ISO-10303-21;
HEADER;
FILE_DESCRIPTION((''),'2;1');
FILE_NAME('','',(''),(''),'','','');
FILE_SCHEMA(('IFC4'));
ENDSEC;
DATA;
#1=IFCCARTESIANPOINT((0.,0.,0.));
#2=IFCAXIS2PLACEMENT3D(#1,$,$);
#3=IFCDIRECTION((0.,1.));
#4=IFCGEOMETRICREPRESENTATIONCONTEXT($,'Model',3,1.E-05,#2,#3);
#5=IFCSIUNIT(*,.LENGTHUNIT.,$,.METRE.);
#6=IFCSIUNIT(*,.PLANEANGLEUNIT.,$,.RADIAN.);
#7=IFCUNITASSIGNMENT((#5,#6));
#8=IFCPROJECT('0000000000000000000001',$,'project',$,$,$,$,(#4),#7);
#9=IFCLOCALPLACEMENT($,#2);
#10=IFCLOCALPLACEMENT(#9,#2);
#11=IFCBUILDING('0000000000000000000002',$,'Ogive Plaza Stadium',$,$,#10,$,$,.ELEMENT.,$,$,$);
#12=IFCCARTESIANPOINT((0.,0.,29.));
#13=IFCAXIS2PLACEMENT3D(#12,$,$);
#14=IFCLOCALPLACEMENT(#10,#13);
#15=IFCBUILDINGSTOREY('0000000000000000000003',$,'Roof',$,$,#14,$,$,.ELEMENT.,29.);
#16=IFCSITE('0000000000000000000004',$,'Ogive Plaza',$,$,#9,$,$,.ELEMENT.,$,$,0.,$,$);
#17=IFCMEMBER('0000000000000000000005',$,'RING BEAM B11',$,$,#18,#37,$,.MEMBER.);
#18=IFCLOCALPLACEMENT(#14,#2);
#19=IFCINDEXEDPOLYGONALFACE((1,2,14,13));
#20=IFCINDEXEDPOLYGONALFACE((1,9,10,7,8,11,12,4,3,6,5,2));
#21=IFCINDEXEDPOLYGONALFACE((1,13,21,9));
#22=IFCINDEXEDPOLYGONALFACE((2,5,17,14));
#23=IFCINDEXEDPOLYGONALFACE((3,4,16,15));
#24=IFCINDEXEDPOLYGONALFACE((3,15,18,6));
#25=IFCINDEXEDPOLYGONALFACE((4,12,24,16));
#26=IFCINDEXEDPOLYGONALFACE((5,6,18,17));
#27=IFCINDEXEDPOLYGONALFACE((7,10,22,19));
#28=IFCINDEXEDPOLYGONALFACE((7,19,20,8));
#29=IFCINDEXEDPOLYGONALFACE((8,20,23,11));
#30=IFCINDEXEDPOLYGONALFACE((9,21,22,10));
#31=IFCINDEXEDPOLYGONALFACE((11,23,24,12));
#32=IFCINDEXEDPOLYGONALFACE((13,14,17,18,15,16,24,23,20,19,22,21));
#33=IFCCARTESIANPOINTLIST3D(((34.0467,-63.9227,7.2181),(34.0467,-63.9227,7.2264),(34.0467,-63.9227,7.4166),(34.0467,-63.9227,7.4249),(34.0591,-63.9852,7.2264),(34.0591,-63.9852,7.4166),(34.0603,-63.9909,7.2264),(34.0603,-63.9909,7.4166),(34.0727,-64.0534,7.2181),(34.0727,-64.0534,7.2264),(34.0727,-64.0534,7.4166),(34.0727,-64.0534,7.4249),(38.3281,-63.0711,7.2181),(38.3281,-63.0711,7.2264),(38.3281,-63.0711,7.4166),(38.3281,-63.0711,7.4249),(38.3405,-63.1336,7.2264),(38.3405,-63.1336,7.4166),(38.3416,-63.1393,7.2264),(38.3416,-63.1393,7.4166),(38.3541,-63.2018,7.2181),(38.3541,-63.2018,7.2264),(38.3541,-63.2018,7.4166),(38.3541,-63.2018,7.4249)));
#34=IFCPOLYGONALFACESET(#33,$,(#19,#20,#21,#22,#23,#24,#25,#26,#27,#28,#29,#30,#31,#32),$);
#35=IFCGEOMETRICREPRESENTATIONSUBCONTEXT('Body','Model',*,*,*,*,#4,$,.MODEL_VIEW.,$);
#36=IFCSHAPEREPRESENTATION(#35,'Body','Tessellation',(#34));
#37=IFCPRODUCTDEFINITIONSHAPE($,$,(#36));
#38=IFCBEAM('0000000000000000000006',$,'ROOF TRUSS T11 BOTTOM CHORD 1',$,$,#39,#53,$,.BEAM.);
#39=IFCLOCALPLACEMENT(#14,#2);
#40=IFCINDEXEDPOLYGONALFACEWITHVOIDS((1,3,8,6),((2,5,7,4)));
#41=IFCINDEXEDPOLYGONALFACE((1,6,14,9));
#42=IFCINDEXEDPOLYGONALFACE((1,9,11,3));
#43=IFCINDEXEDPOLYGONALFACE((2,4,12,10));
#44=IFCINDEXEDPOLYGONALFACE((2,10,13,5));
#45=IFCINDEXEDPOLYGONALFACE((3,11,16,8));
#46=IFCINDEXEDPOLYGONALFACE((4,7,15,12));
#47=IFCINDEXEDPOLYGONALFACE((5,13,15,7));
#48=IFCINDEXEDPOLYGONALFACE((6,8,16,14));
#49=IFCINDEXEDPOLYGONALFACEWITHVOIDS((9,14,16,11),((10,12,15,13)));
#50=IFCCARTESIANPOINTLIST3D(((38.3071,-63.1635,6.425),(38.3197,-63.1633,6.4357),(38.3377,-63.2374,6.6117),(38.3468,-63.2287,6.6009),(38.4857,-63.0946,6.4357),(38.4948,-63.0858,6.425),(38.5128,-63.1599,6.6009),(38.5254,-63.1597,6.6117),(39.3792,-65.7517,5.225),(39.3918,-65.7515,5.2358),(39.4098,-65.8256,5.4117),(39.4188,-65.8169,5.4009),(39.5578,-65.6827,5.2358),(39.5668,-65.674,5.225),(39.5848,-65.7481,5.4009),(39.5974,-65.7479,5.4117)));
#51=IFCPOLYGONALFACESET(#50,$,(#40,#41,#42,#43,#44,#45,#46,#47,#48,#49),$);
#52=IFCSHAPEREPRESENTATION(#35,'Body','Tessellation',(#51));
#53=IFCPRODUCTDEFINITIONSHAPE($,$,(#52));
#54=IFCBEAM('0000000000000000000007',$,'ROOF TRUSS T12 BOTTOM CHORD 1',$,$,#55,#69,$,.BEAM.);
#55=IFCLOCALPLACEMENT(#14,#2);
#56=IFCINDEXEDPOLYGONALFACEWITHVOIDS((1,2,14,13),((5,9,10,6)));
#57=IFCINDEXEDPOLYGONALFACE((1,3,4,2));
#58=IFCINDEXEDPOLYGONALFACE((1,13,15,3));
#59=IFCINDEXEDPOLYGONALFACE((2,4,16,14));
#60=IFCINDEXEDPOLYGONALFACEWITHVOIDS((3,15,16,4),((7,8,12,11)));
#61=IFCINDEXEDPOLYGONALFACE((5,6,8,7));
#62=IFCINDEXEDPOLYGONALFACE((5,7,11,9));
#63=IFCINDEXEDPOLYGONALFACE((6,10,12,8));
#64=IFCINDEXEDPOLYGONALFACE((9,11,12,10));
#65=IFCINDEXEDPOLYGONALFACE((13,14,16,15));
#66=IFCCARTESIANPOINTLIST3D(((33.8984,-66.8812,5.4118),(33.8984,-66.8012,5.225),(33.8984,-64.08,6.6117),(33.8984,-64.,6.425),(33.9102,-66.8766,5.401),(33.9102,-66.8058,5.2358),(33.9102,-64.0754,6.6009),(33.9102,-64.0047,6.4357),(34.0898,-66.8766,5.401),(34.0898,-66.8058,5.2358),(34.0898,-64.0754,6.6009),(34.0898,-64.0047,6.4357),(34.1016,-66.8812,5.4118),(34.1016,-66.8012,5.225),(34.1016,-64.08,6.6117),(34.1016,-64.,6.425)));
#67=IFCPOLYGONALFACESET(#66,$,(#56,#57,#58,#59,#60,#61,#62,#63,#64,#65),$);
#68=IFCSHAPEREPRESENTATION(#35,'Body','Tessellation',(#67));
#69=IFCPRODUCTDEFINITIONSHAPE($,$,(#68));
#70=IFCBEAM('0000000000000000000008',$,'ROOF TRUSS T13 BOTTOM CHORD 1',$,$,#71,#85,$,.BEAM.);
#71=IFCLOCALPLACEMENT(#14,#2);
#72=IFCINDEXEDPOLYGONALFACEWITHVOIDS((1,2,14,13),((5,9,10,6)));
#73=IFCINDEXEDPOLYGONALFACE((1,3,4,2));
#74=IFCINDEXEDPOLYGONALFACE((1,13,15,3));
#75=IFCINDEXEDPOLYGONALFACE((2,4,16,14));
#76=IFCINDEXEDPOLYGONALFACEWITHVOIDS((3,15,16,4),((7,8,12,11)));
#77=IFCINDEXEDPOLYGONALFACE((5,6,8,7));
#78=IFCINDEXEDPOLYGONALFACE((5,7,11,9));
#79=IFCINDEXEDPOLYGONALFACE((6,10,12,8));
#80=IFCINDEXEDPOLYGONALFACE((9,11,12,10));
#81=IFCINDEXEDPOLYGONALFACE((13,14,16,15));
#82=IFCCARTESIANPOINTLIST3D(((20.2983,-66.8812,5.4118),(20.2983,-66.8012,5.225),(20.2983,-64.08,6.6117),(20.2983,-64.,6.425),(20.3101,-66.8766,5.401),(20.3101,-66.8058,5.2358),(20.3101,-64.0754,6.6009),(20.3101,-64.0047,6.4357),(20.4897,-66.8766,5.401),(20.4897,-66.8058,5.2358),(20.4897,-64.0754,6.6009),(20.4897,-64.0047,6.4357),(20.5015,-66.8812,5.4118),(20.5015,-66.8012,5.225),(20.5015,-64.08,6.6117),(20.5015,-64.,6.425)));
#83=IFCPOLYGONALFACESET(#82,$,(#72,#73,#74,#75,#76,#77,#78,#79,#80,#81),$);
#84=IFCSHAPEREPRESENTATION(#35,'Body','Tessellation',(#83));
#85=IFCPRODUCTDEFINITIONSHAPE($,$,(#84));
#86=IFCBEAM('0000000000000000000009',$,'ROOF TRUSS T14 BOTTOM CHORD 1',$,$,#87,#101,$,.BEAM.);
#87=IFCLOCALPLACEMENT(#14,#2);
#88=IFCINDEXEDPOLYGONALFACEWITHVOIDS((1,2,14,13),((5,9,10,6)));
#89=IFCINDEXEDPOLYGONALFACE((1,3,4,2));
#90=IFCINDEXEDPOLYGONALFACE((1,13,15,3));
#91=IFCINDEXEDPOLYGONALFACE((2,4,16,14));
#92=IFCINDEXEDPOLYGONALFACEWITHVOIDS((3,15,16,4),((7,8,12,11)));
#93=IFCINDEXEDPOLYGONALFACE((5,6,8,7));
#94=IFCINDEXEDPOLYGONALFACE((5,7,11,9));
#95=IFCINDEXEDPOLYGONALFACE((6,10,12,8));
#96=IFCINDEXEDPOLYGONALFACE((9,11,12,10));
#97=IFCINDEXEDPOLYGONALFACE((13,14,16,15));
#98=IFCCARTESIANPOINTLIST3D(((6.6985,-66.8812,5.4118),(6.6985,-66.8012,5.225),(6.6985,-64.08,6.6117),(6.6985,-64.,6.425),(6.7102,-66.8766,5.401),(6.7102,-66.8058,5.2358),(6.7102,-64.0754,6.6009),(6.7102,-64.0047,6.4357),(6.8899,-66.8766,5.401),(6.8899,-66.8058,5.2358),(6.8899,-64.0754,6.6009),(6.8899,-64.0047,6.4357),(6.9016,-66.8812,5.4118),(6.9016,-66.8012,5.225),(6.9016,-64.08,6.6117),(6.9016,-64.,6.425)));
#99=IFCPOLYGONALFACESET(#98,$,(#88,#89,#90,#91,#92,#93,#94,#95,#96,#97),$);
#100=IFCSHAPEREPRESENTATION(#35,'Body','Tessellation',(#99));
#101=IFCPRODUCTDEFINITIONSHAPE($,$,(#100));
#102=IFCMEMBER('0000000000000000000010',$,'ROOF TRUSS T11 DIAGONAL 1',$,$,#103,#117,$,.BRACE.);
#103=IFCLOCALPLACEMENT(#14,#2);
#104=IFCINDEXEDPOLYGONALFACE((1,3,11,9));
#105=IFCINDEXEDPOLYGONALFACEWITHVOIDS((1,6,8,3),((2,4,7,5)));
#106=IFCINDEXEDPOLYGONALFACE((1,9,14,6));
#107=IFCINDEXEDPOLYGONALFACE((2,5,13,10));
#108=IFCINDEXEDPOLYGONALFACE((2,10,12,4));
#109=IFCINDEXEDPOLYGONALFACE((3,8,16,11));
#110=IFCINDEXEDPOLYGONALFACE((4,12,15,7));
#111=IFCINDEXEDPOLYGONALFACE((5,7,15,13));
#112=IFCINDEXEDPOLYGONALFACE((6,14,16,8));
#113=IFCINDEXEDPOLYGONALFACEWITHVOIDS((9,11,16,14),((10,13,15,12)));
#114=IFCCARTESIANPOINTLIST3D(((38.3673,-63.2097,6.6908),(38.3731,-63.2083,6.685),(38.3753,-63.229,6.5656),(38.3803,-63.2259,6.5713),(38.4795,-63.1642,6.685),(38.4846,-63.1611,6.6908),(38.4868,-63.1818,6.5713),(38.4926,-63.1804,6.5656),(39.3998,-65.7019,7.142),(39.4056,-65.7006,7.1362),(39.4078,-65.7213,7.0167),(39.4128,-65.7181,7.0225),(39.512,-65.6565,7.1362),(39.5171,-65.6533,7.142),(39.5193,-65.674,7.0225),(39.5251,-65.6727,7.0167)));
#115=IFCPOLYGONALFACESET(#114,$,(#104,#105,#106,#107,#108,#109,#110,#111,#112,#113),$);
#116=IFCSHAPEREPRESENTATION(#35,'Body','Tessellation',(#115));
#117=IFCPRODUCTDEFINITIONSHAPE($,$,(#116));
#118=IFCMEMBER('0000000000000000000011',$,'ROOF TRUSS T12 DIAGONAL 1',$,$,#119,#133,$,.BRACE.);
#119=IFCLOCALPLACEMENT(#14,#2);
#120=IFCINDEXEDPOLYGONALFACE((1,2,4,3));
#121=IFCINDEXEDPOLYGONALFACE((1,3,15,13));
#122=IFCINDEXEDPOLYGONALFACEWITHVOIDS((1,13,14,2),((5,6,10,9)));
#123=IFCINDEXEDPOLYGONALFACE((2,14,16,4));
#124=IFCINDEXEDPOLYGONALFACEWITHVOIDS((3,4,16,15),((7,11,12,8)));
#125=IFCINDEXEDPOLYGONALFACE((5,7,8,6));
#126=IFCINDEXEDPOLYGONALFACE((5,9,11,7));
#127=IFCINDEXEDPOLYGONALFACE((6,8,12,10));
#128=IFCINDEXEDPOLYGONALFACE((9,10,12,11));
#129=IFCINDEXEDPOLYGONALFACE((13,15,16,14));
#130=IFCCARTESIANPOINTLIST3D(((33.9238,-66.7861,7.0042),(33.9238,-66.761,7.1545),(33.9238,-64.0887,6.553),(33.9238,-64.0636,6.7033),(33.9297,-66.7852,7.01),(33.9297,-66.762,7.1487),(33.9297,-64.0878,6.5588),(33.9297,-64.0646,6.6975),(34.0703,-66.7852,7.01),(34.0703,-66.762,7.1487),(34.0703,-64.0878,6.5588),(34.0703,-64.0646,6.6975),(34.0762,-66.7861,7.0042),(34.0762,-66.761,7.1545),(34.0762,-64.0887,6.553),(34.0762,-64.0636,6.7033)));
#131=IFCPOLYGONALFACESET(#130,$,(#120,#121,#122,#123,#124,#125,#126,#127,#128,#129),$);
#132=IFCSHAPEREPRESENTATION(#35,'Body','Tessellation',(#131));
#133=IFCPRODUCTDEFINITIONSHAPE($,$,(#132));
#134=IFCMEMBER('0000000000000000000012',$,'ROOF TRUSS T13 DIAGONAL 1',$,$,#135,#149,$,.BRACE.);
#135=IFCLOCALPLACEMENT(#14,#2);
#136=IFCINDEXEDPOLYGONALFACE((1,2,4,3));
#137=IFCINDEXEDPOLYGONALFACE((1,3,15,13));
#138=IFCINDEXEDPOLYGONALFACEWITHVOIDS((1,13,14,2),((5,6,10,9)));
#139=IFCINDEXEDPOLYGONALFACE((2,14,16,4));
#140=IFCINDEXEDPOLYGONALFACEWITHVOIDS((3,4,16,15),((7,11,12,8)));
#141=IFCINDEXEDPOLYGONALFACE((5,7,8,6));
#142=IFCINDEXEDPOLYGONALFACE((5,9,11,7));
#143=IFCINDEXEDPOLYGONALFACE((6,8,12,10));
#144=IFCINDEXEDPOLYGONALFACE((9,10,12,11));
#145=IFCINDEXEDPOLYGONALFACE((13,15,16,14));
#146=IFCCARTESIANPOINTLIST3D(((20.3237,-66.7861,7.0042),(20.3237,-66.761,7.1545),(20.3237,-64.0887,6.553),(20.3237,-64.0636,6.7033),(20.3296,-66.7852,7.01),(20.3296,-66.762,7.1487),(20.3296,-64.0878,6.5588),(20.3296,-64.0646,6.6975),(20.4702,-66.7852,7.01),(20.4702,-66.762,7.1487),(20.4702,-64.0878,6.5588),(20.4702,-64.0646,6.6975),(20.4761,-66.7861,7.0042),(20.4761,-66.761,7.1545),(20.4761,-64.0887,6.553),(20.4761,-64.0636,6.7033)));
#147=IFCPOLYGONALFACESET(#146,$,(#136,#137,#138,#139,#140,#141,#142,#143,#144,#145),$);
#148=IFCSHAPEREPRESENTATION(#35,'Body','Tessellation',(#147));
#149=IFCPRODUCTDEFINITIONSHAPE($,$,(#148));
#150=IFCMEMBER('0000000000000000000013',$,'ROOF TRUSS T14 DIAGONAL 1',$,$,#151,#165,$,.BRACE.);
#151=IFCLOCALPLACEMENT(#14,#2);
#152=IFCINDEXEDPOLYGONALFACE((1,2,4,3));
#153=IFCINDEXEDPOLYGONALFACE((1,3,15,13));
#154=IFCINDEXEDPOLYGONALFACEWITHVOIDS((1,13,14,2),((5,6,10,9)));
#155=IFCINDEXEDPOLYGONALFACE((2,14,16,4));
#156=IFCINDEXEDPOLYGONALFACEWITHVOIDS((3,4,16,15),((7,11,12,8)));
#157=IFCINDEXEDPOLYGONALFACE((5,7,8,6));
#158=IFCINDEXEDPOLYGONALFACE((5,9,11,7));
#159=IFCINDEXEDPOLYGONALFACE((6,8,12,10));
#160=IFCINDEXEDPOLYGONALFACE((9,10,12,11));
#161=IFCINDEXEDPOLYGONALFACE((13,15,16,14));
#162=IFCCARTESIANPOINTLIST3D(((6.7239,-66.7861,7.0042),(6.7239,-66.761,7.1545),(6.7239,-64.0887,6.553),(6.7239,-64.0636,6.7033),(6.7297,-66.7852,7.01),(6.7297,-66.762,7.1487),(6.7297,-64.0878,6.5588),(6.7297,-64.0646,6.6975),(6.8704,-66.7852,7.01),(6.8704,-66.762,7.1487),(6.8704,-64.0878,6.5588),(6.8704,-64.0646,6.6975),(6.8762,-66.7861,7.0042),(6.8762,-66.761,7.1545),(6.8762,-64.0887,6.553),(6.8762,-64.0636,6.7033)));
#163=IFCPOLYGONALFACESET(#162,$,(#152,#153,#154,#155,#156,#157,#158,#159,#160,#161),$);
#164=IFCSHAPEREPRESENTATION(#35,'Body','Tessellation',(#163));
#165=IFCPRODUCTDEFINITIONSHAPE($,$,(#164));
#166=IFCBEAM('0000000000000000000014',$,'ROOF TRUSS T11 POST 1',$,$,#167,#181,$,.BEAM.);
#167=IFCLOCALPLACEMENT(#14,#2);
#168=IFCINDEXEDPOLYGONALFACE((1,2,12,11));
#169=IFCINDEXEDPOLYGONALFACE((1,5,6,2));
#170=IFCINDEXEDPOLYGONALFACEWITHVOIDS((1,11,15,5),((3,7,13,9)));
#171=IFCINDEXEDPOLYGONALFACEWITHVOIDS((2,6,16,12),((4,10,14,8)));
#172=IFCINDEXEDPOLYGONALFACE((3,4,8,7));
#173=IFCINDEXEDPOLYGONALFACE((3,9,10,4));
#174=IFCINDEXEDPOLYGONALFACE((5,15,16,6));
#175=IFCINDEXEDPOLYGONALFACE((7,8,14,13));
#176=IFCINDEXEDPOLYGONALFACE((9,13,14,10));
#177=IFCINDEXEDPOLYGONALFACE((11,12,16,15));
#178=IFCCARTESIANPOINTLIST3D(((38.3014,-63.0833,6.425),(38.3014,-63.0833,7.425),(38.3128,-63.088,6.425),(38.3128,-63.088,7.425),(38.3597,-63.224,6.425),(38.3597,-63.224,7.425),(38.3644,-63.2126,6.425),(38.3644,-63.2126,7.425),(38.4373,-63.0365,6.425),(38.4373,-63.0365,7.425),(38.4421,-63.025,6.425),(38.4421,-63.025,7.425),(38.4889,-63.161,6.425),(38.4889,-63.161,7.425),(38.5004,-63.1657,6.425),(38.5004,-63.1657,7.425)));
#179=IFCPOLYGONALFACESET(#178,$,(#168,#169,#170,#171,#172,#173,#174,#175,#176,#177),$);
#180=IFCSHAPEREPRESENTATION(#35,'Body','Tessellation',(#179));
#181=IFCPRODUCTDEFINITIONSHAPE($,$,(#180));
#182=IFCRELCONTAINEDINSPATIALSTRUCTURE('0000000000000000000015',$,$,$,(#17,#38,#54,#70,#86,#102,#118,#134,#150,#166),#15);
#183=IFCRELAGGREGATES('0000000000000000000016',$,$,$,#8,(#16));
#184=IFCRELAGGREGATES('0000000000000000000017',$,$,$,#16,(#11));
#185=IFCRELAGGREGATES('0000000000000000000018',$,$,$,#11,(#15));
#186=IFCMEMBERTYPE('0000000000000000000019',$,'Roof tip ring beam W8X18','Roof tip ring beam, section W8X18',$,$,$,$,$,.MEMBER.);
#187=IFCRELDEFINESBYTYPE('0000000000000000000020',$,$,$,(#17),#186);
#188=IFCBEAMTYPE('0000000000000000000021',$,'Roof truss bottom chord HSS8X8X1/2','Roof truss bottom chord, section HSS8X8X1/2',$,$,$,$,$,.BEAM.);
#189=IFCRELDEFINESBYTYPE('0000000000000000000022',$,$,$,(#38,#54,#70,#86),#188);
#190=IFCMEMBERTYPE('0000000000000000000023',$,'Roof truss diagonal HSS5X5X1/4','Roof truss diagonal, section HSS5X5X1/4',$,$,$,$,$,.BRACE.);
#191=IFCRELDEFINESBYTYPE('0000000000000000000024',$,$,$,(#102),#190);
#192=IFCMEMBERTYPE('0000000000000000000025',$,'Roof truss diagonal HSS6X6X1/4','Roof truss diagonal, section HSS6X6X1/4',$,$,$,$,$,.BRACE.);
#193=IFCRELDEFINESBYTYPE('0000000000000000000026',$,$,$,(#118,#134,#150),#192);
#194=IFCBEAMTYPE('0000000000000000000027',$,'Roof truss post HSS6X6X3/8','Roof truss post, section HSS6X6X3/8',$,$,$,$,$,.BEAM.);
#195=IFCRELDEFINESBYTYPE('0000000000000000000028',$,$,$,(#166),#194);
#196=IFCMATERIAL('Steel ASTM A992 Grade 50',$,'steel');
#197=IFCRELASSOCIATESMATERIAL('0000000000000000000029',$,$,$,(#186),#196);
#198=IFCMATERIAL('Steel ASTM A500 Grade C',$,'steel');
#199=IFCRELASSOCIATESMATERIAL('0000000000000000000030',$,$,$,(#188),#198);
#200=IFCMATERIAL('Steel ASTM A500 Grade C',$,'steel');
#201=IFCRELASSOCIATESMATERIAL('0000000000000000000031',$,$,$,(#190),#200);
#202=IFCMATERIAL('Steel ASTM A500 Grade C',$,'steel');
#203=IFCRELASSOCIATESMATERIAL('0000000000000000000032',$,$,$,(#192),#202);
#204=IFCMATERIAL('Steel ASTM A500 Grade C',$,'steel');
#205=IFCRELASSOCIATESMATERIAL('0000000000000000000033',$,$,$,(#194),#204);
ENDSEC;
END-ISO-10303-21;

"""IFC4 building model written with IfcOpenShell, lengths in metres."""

from ifc_helpers import new_model, si_unit, direction, frame, origin, origin_2d, place, context, subcontext, project, spatial, hollow_rectangle, i_section, extrude, material, material_profile, profile_set, type_object, element, save


model = new_model("IFC4")

# Units and contexts
model_context = context("Model", 3, precision=1e-05, world=origin(), true_north=direction((0.0, 1.0)))
body_context = subcontext(model_context, "Body", "Model", "MODEL_VIEW")
ifc_project = project(units=[si_unit("LENGTHUNIT", "METRE"), si_unit("PLANEANGLEUNIT", "RADIAN")], contexts=[model_context])

# Site, building, storey
site_placement = place(None, origin())
site = spatial("IfcSite", under=ifc_project, at=site_placement, Name="Ogive Plaza", CompositionType="ELEMENT", RefElevation=0.0)
building_placement = place(site_placement, origin())
building = spatial("IfcBuilding", under=site, at=building_placement, Name="Ogive Plaza Stadium", CompositionType="ELEMENT")
storey_placement = place(building_placement, frame((0.0, 0.0, 29.0)))
storey = spatial("IfcBuildingStorey", under=building, at=storey_placement, Name="Roof", CompositionType="ELEMENT", Elevation=29.0)

# Member
ifc_material_1 = material(Name="Steel ASTM A992 Grade 50", Category="steel")
ifc_material_profile_1 = material_profile(ifc_material_1, i_section(OverallWidth=0.1333, OverallDepth=0.2068, WebThickness=0.0059, FlangeThickness=0.0083, at=origin_2d()), Name="W8X18")
ifc_profile_set_1 = profile_set([ifc_material_profile_1], Name="Steel ASTM A992 Grade 50")
member_type_1 = type_object("IfcMemberType", Name="Roof tip ring beam W8X18", Description="Roof tip ring beam, section W8X18", PredefinedType="MEMBER", material=ifc_profile_set_1)
for number, where, z_axis, x_axis, name in (
    (1, (38.3411, -63.1365, 7.3215), (-0.980787, -0.195083, 0.0), (0.195083, -0.980787, 0.0), "RING BEAM B11"),
):
    element("IfcMember", number, at=place(storey_placement, frame(where, z_axis=z_axis, x_axis=x_axis)), inside=storey, type_object=member_type_1, Name=name, PredefinedType="MEMBER", context=body_context, shape_type="SweptSolid", body=[
        extrude(i_section(OverallWidth=0.1333, OverallDepth=0.2068, WebThickness=0.0059, FlangeThickness=0.0083, at=origin_2d()), origin(), (0.0, 0.0, 1.0), 4.3652),
    ])

# Beams
ifc_material_2 = material(Name="Steel ASTM A500 Grade C", Category="steel")
ifc_material_profile_2 = material_profile(ifc_material_2, hollow_rectangle(XDim=0.2031, YDim=0.2031, WallThickness=0.0117, at=origin_2d()), Name="HSS8X8X1/2")
ifc_profile_set_2 = profile_set([ifc_material_profile_2], Name="Steel ASTM A500 Grade C")
beam_type_1 = type_object("IfcBeamType", Name="Roof truss bottom chord HSS8X8X1/2", Description="Roof truss bottom chord, section HSS8X8X1/2", PredefinedType="BEAM", material=ifc_profile_set_2)
beam_1_placement = place(storey_placement, frame((38.4163, -63.1616, 6.5183), z_axis=(0.351765, -0.849251, -0.393743), x_axis=(0.923882, 0.382678, 0.0)))
element("IfcBeam", 2, at=beam_1_placement, inside=storey, type_object=beam_type_1, Name="ROOF TRUSS T11 BOTTOM CHORD 1", PredefinedType="BEAM", context=body_context, shape_type="SweptSolid", body=[
    extrude(hollow_rectangle(XDim=0.2031, YDim=0.2031, WallThickness=0.0117, at=origin_2d()), origin(), (0.0, 0.0, 1.0), 3.0476),
])
for number, where, z_axis, x_axis, name in (
    (3, (34.0, -64.04, 6.5183), (0.0, -0.919215, -0.393755), (1.0, 0.0, 0.0), "ROOF TRUSS T12 BOTTOM CHORD 1"),
    (4, (20.3999, -64.04, 6.5183), (0.0, -0.919215, -0.393755), (1.0, 0.0, 0.0), "ROOF TRUSS T13 BOTTOM CHORD 1"),
    (5, (6.8, -64.04, 6.5183), (0.0, -0.919215, -0.393755), (1.0, 0.0, 0.0), "ROOF TRUSS T14 BOTTOM CHORD 1"),
):
    element("IfcBeam", number, at=place(storey_placement, frame(where, z_axis=z_axis, x_axis=x_axis)), inside=storey, type_object=beam_type_1, Name=name, PredefinedType="BEAM", context=body_context, shape_type="SweptSolid", body=[
        extrude(hollow_rectangle(XDim=0.2031, YDim=0.2031, WallThickness=0.0117, at=origin_2d()), origin(), (0.0, 0.0, 1.0), 3.0474),
    ])

# Members
ifc_material_3 = material(Name="Steel ASTM A500 Grade C", Category="steel")
ifc_material_profile_3 = material_profile(ifc_material_3, hollow_rectangle(XDim=0.127, YDim=0.127, WallThickness=0.0059, at=origin_2d()), Name="HSS5X5X1/4")
ifc_profile_set_3 = profile_set([ifc_material_profile_3], Name="Steel ASTM A500 Grade C")
member_type_2 = type_object("IfcMemberType", Name="Roof truss diagonal HSS5X5X1/4", Description="Roof truss diagonal, section HSS5X5X1/4", PredefinedType="BRACE", material=ifc_profile_set_3)
member_1_placement = place(storey_placement, frame((38.4299, -63.1951, 6.6282), z_axis=(0.377495, -0.9112, 0.164959), x_axis=(0.923857, 0.382738, 0.0)))
element("IfcMember", 6, at=member_1_placement, inside=storey, type_object=member_type_2, Name="ROOF TRUSS T11 DIAGONAL 1", PredefinedType="BRACE", context=body_context, shape_type="SweptSolid", body=[
    extrude(hollow_rectangle(XDim=0.127, YDim=0.127, WallThickness=0.0059, at=origin_2d()), origin(), (0.0, 0.0, 1.0), 2.7351),
])
ifc_material_4 = material(Name="Steel ASTM A500 Grade C", Category="steel")
ifc_material_profile_4 = material_profile(ifc_material_4, hollow_rectangle(XDim=0.1523, YDim=0.1523, WallThickness=0.0059, at=origin_2d()), Name="HSS6X6X1/4")
ifc_profile_set_4 = profile_set([ifc_material_profile_4], Name="Steel ASTM A500 Grade C")
member_type_3 = type_object("IfcMemberType", Name="Roof truss diagonal HSS6X6X1/4", Description="Roof truss diagonal, section HSS6X6X1/4", PredefinedType="BRACE", material=ifc_profile_set_4)
for number, where, z_axis, x_axis, name in (
    (7, (34.0, -64.0762, 6.6282), (0.0, -0.9863, 0.164964), (1.0, 0.0, 0.0), "ROOF TRUSS T12 DIAGONAL 1"),
    (8, (20.3999, -64.0762, 6.6282), (0.0, -0.9863, 0.164964), (1.0, 0.0, 0.0), "ROOF TRUSS T13 DIAGONAL 1"),
    (9, (6.8, -64.0762, 6.6282), (0.0, -0.9863, 0.164964), (1.0, 0.0, 0.0), "ROOF TRUSS T14 DIAGONAL 1"),
):
    element("IfcMember", number, at=place(storey_placement, frame(where, z_axis=z_axis, x_axis=x_axis)), inside=storey, type_object=member_type_3, Name=name, PredefinedType="BRACE", context=body_context, shape_type="SweptSolid", body=[
        extrude(hollow_rectangle(XDim=0.1523, YDim=0.1523, WallThickness=0.0059, at=origin_2d()), origin(), (0.0, 0.0, 1.0), 2.7349),
    ])

# Beam
ifc_material_5 = material(Name="Steel ASTM A500 Grade C", Category="steel")
ifc_material_profile_5 = material_profile(ifc_material_5, hollow_rectangle(XDim=0.1523, YDim=0.1523, WallThickness=0.0088, at=origin_2d()), Name="HSS6X6X3/8")
ifc_profile_set_5 = profile_set([ifc_material_profile_5], Name="Steel ASTM A500 Grade C")
beam_type_2 = type_object("IfcBeamType", Name="Roof truss post HSS6X6X3/8", Description="Roof truss post, section HSS6X6X3/8", PredefinedType="BEAM", material=ifc_profile_set_5)
beam_2_placement = place(storey_placement, frame((38.4009, -63.1245, 6.425), z_axis=(0.0, 0.0, 1.0), x_axis=(0.92388, 0.382683, 0.0)))
element("IfcBeam", 10, at=beam_2_placement, inside=storey, type_object=beam_type_2, Name="ROOF TRUSS T11 POST 1", PredefinedType="BEAM", context=body_context, shape_type="SweptSolid", body=[
    extrude(hollow_rectangle(XDim=0.1523, YDim=0.1523, WallThickness=0.0088, at=origin_2d()), origin(), (0.0, 0.0, 1.0), 1.0),
])

save(model, "model.ifc")
